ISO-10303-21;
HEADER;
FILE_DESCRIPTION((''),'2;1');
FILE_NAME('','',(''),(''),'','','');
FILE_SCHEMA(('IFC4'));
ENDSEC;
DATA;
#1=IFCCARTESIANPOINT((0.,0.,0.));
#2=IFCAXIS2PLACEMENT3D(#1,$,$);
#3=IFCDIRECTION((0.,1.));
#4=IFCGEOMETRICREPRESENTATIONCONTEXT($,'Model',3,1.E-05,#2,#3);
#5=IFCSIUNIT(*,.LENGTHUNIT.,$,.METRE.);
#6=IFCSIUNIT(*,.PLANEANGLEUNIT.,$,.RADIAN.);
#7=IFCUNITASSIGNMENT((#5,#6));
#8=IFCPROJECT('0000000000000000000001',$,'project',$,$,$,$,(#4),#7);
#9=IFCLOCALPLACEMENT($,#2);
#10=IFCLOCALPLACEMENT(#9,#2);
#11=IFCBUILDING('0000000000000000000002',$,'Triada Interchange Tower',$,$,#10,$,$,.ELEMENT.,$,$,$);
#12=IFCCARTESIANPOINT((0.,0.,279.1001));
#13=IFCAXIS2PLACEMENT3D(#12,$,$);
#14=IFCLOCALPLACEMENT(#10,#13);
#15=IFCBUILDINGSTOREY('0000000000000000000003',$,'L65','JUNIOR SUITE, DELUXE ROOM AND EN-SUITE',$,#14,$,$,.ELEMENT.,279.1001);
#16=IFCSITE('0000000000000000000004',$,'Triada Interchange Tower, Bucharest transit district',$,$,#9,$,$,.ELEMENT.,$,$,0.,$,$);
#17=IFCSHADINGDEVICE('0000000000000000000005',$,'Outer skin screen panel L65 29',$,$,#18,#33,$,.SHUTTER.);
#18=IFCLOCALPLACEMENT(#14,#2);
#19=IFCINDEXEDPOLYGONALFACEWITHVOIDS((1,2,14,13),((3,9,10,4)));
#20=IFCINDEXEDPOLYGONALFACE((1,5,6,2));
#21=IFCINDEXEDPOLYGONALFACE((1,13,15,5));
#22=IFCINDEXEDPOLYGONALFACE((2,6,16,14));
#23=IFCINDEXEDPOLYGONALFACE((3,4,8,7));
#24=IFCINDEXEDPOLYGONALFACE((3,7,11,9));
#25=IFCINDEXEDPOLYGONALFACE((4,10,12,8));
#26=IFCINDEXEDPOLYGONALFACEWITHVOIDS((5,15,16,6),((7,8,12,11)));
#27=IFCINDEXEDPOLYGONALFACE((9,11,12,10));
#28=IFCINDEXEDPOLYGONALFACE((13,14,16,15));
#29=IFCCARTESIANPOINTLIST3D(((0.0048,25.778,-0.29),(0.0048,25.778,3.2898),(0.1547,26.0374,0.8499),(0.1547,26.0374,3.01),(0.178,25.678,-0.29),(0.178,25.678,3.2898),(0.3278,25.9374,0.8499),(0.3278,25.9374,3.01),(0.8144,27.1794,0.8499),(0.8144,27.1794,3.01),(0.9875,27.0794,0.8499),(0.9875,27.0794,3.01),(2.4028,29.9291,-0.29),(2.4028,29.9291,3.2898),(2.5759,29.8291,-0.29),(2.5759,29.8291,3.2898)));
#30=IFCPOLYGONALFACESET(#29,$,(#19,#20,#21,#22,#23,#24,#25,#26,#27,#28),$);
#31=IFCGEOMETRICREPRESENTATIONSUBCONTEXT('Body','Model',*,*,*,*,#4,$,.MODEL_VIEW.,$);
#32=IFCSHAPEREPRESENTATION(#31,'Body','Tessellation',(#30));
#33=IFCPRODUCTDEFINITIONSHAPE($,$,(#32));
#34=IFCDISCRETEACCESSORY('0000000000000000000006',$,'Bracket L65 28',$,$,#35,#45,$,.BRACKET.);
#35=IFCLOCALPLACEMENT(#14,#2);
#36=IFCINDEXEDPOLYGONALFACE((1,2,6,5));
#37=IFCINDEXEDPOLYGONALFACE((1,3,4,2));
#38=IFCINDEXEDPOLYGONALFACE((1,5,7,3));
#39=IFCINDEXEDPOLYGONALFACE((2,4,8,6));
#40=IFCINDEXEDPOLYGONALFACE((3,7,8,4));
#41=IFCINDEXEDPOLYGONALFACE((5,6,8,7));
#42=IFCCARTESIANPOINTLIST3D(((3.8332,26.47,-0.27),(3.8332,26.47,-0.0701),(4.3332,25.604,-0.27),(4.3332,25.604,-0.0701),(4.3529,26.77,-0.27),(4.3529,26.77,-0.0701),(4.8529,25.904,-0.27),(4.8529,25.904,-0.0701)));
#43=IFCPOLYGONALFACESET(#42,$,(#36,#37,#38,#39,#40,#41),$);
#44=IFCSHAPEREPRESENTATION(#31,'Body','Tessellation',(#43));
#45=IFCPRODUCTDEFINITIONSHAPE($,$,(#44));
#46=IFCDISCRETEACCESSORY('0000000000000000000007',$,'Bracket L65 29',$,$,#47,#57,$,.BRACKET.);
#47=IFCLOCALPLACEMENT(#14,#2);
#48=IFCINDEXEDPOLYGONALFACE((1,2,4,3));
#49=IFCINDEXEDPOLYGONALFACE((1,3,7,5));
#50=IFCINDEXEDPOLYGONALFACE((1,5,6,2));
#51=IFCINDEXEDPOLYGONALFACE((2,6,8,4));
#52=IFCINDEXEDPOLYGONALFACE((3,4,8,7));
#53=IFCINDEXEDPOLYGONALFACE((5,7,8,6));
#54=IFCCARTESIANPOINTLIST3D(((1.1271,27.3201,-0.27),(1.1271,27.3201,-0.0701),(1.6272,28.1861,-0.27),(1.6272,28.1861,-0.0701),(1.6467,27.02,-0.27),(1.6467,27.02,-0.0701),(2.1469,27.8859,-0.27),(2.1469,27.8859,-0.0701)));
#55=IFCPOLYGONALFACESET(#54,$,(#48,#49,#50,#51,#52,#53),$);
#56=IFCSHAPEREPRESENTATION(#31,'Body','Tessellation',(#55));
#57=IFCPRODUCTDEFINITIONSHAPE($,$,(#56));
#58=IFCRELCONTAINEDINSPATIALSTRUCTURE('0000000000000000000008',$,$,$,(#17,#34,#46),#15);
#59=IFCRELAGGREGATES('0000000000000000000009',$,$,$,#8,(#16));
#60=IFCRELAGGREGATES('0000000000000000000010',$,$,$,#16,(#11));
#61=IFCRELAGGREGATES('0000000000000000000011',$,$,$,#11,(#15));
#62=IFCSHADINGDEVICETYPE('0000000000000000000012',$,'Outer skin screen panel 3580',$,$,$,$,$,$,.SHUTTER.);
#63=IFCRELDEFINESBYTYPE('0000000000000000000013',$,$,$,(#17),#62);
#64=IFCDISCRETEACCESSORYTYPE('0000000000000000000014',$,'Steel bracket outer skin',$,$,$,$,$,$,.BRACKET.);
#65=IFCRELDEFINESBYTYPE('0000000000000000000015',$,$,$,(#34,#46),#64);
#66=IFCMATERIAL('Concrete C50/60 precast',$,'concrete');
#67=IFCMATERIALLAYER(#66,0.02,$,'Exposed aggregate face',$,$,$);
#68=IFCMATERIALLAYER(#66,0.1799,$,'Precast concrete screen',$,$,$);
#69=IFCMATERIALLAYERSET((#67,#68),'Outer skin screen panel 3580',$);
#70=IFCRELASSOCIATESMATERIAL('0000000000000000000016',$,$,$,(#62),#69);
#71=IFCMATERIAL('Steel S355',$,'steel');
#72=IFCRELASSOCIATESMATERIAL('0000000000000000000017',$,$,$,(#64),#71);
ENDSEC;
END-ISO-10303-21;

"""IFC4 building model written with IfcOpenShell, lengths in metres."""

from ifc_helpers import new_model, si_unit, direction, frame, origin, origin_2d, place, context, subcontext, project, spatial, polyline, rectangle, outline, extrude, material, layer, layer_set, type_object, element, save


model = new_model("IFC4")

# Units and contexts
model_context = context("Model", 3, precision=1e-05, world=origin(), true_north=direction((0.0, 1.0)))
body_context = subcontext(model_context, "Body", "Model", "MODEL_VIEW")
ifc_project = project(units=[si_unit("LENGTHUNIT", "METRE"), si_unit("PLANEANGLEUNIT", "RADIAN")], contexts=[model_context])

# Site, building, storey
site_placement = place(None, origin())
site = spatial("IfcSite", under=ifc_project, at=site_placement, Name="Triada Interchange Tower, Bucharest transit district", CompositionType="ELEMENT", RefElevation=0.0)
building_placement = place(site_placement, origin())
building = spatial("IfcBuilding", under=site, at=building_placement, Name="Triada Interchange Tower", CompositionType="ELEMENT")
storey_placement = place(building_placement, frame((0.0, 0.0, 279.1001)))
storey = spatial("IfcBuildingStorey", under=building, at=storey_placement, Name="L65", Description="JUNIOR SUITE, DELUXE ROOM AND EN-SUITE", CompositionType="ELEMENT", Elevation=279.1001)

# Shading device
ifc_material_1 = material(Name="Concrete C50/60 precast", Category="concrete")
ifc_layer_1 = layer(ifc_material_1, 0.02, Name="Exposed aggregate face")
ifc_layer_2 = layer(ifc_material_1, 0.1799, Name="Precast concrete screen")
ifc_layer_set_1 = layer_set([ifc_layer_1, ifc_layer_2], Name="Outer skin screen panel 3580")
shading_device_type = type_object("IfcShadingDeviceType", Name="Outer skin screen panel 3580", PredefinedType="SHUTTER", material=ifc_layer_set_1)
shading_device_1_placement = place(storey_placement, frame((2.5759, 29.8291, -0.29), z_axis=(0.0, 0.0, 1.0), x_axis=(-0.500203, -0.865908, 0.0)))
element("IfcShadingDevice", 1, at=shading_device_1_placement, inside=storey, type_object=shading_device_type, Name="Outer skin screen panel L65 29", PredefinedType="SHUTTER", context=body_context, shape_type="SweptSolid", body=[
    extrude(outline(polyline([(0.0, 0.0), (4.7939, 0.0), (4.7939, 3.5798), (0.0, 3.5798), (0.0, 0.0)]), holes=[polyline([(3.1755, 1.1399), (3.1755, 3.3), (4.4944, 3.3), (4.4944, 1.1399), (3.1755, 1.1399)])]), frame((0.0, 0.0, 0.0), z_axis=(0.0, -1.0, 0.0), x_axis=(1.0, 0.0, 0.0)), (0.0, 0.0, 1.0), 0.2),
])

# Discrete accessories
ifc_material_2 = material(Name="Steel S355", Category="steel")
discrete_accessory_type = type_object("IfcDiscreteAccessoryType", Name="Steel bracket outer skin", PredefinedType="BRACKET", material=ifc_material_2)
for number, where, z_axis, x_axis, name in (
    (2, (4.343, 26.187, -0.27), (0.0, 0.0, 1.0), (0.866024, 0.500002, 0.0), "Bracket L65 28"),
    (3, (1.637, 27.603, -0.27), (0.0, 0.0, 1.0), (-0.865956, 0.500119, 0.0), "Bracket L65 29"),
):
    element("IfcDiscreteAccessory", number, at=place(storey_placement, frame(where, z_axis=z_axis, x_axis=x_axis)), inside=storey, type_object=discrete_accessory_type, Name=name, PredefinedType="BRACKET", context=body_context, shape_type="SweptSolid", body=[
        extrude(rectangle(XDim=0.6001, YDim=1.0, at=origin_2d()), origin(), (0.0, 0.0, 1.0), 0.2),
    ])

save(model, "model.ifc")
